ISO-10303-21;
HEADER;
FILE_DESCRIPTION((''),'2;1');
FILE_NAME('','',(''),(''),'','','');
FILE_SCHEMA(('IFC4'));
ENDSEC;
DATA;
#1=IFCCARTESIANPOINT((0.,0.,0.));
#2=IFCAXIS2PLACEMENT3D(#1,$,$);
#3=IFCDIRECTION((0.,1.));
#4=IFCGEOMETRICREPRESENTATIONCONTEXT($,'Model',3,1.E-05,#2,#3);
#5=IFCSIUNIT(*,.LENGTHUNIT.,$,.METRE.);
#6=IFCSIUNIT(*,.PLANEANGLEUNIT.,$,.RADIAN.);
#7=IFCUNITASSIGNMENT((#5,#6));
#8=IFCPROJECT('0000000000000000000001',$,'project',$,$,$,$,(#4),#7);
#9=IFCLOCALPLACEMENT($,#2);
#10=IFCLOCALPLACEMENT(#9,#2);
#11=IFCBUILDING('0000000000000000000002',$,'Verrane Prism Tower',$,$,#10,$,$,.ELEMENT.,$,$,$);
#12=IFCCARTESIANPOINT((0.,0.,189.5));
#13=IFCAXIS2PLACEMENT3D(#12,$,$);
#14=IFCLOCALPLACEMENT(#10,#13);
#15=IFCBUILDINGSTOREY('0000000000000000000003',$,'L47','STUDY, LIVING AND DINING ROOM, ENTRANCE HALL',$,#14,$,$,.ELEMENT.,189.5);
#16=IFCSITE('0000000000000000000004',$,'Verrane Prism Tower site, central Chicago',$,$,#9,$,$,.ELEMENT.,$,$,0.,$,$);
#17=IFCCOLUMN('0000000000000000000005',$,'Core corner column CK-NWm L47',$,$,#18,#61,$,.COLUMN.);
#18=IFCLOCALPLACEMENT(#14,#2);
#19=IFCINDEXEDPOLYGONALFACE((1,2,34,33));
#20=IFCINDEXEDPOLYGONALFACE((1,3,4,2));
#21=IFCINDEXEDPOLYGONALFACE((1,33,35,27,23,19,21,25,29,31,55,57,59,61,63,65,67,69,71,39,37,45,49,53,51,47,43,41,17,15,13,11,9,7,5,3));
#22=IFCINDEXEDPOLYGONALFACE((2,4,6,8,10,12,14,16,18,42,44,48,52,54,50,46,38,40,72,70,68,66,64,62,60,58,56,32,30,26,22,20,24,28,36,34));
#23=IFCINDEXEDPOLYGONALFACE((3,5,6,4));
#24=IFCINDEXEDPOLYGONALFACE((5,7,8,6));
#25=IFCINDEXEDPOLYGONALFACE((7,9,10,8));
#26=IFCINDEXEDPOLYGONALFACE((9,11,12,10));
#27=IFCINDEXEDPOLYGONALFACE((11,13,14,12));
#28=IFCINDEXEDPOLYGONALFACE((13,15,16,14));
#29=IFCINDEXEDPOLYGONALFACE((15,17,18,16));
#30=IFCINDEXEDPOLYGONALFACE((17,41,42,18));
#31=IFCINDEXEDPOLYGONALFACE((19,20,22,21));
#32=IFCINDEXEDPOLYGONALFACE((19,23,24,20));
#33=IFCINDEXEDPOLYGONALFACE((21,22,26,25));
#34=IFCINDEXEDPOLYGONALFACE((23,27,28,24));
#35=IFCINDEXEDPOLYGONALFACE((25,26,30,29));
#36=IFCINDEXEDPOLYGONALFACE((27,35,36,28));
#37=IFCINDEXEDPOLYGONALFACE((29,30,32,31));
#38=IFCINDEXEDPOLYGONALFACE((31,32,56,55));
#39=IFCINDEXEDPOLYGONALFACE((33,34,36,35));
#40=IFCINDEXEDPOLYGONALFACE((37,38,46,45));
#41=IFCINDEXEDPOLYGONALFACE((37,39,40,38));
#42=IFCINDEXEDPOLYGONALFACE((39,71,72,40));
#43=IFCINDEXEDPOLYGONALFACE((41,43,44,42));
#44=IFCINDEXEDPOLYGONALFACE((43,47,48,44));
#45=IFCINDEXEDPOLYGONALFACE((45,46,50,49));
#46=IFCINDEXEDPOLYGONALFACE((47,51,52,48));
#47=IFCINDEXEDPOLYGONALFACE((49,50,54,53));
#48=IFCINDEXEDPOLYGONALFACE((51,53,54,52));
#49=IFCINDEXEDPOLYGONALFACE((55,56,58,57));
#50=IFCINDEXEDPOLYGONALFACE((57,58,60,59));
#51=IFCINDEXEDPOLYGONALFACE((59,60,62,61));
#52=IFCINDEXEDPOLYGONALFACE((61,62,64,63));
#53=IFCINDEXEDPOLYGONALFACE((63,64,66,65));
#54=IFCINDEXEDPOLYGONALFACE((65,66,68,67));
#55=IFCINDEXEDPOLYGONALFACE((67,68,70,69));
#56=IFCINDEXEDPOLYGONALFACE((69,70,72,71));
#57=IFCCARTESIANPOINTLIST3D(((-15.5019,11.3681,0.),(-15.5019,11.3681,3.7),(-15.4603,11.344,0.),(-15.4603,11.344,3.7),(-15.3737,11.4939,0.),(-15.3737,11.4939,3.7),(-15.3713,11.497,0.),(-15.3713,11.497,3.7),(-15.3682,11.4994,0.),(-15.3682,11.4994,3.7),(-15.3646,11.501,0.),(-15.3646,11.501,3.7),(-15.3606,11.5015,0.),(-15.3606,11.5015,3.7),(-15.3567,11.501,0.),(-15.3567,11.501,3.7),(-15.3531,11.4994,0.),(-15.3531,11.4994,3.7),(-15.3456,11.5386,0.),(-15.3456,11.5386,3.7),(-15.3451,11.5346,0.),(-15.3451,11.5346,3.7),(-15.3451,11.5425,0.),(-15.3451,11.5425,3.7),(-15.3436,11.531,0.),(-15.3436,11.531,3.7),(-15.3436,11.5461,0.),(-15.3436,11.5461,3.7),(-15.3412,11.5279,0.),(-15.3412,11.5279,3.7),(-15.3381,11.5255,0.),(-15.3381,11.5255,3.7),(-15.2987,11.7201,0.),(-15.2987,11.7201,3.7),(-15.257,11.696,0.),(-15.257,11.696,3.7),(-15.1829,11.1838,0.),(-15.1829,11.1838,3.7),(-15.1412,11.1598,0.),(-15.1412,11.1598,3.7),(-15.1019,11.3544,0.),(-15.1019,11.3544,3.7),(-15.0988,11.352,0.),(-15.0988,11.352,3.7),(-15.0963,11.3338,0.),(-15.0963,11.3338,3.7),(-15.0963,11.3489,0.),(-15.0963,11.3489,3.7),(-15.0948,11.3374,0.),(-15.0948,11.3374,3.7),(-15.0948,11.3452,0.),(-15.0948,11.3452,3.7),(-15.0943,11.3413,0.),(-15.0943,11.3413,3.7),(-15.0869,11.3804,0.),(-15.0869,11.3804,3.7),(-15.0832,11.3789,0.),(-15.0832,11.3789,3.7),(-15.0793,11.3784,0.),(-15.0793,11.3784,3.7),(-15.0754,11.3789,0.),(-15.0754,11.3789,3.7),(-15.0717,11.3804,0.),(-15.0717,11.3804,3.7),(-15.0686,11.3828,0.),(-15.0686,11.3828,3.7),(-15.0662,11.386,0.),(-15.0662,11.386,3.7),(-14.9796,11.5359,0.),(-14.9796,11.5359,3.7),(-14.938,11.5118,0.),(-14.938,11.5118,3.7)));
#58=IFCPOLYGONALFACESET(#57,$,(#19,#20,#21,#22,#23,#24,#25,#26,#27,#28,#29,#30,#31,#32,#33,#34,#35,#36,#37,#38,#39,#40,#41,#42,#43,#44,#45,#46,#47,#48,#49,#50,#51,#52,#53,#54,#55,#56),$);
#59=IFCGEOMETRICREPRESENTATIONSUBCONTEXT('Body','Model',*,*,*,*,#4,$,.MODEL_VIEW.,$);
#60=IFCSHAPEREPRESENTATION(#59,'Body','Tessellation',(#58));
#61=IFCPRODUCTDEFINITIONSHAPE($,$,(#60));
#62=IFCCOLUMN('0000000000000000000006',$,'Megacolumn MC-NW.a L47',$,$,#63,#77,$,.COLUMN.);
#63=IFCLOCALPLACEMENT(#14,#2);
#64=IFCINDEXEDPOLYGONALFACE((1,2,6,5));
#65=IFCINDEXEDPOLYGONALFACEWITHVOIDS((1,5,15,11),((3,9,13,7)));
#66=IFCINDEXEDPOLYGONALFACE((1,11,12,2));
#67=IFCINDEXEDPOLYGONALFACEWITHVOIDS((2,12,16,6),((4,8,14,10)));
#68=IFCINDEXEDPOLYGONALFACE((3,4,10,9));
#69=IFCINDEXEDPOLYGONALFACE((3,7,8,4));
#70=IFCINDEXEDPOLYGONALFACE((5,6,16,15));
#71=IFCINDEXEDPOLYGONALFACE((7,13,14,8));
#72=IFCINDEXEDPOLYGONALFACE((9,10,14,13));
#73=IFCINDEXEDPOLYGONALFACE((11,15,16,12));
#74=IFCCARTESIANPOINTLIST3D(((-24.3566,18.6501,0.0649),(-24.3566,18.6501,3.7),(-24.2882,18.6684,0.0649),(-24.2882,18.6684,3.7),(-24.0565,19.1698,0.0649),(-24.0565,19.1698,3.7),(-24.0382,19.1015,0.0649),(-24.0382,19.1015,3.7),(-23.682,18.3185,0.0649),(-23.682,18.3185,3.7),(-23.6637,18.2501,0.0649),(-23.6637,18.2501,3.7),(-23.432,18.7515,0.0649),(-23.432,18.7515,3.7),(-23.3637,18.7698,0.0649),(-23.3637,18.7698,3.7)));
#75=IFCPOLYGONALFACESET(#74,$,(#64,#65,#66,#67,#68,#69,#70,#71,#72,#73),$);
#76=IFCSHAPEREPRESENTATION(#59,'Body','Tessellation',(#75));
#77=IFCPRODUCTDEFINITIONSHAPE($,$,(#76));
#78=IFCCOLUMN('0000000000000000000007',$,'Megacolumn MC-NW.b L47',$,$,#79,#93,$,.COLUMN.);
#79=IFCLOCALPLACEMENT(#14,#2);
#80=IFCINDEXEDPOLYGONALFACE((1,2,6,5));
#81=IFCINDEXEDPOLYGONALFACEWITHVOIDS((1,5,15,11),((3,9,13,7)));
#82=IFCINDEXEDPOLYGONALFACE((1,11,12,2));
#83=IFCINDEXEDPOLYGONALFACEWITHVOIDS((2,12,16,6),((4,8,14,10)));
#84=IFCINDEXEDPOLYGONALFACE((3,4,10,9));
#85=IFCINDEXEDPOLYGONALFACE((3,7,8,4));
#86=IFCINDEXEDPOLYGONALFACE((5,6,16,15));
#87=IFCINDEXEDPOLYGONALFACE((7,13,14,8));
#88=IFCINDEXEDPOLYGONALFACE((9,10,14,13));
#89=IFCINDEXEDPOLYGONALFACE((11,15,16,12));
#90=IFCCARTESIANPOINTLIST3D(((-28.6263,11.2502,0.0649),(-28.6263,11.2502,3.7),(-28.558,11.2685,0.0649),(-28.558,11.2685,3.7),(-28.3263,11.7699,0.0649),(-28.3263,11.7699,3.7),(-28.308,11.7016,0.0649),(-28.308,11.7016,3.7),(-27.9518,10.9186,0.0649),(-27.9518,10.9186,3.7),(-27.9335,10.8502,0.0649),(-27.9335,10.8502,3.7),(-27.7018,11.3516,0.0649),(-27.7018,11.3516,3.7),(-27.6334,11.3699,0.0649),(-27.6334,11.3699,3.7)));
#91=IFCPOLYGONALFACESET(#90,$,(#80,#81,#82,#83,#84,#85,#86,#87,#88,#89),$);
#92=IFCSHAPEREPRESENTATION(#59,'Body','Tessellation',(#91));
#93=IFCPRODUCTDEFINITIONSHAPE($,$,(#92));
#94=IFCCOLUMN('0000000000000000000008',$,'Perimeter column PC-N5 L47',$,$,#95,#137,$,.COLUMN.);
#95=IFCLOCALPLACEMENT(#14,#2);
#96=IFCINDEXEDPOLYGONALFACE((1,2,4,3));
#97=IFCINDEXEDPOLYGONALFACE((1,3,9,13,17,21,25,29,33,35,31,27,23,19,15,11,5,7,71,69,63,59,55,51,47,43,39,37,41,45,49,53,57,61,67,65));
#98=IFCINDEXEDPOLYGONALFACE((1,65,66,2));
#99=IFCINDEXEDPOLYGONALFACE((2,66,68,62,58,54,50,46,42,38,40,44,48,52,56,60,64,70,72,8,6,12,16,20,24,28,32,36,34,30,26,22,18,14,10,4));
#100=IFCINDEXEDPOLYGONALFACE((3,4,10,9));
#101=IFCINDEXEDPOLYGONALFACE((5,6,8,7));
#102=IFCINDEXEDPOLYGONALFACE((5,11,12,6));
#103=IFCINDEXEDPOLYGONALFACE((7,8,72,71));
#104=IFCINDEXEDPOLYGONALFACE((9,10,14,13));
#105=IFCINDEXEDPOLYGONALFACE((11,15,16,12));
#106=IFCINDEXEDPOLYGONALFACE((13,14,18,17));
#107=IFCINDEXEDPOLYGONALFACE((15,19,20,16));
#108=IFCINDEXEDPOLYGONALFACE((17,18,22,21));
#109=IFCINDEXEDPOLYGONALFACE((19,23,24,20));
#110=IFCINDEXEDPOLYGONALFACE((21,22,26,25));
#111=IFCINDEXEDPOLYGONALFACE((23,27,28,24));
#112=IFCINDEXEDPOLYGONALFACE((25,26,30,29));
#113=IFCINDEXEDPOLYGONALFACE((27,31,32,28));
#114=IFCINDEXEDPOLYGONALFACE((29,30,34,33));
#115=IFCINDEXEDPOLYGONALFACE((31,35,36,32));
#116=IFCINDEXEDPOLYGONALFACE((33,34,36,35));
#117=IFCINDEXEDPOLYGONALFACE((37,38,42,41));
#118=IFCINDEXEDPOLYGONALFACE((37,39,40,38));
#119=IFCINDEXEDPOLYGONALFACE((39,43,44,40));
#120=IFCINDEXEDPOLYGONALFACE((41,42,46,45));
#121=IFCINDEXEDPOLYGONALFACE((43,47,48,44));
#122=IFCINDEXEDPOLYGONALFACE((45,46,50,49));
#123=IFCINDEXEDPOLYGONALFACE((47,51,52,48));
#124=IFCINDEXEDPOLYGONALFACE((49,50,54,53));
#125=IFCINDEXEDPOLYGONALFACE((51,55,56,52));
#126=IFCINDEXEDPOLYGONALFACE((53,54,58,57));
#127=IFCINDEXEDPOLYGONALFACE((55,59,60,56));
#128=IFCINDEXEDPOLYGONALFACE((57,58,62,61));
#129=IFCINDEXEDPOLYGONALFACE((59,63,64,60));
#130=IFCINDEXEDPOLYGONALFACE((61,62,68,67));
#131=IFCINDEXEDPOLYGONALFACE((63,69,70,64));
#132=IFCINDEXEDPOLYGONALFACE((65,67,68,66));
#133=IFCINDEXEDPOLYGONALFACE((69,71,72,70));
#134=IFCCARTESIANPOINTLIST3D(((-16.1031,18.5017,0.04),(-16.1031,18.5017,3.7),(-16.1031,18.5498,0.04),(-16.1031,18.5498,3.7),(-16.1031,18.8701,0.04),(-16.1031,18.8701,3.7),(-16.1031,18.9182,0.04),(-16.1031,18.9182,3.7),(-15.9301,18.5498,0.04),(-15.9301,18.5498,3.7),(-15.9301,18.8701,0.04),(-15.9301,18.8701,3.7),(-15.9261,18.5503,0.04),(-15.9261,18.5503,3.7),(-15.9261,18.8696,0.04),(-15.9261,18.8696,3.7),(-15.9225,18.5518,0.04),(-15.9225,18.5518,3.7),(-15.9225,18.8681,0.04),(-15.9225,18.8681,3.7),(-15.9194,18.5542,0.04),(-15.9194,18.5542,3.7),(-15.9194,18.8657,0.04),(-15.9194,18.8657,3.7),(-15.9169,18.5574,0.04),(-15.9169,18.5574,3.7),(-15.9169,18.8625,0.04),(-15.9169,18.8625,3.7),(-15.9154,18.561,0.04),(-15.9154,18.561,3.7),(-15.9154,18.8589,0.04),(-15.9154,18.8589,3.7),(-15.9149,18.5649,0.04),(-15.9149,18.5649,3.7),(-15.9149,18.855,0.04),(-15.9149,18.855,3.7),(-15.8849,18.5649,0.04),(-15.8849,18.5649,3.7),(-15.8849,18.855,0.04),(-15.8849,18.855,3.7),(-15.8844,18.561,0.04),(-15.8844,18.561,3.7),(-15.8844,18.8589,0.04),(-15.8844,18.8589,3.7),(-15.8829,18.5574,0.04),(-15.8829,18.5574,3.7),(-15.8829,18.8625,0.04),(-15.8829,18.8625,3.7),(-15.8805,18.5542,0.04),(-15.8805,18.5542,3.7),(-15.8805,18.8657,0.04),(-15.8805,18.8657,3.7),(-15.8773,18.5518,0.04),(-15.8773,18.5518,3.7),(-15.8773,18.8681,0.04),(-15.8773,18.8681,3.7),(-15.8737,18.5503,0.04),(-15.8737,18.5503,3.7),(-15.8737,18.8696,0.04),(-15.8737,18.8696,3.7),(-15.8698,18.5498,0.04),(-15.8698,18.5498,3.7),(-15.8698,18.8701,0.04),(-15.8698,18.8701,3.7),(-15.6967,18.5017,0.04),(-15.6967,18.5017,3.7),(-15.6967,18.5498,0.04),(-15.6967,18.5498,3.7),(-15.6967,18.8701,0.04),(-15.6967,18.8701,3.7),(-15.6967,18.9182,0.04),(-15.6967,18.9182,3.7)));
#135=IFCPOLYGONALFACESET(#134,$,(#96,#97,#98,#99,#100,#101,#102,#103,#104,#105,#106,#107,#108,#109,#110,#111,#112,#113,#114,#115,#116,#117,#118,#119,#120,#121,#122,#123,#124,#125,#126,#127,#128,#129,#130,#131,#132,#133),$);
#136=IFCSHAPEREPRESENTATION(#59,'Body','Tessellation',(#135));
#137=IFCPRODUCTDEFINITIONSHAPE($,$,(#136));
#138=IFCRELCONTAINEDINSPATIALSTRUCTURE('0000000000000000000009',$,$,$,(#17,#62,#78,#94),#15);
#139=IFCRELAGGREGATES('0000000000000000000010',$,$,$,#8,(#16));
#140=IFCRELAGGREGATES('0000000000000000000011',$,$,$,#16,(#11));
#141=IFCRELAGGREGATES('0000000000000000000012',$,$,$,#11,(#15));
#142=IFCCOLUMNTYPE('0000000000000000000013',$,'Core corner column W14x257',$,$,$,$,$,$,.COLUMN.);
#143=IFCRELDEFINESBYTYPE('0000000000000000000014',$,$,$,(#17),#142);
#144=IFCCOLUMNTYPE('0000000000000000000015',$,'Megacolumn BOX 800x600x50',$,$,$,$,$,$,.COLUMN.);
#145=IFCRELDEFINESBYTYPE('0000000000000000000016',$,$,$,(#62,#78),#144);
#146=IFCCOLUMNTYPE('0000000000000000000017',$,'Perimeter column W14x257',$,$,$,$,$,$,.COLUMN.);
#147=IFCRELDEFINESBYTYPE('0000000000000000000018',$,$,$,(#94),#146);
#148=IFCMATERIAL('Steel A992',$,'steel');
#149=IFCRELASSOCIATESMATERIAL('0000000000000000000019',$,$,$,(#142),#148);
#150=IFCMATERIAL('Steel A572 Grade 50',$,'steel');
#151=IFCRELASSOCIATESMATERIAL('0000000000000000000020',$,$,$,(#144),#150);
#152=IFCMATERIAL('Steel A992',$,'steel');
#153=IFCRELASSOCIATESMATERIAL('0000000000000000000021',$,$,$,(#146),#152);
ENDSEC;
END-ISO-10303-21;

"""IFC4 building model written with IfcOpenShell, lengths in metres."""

from ifc_helpers import new_model, si_unit, direction, frame, origin, origin_2d, place, context, subcontext, project, spatial, hollow_rectangle, i_section, extrude, material, material_profile, profile_set, type_object, element, save


model = new_model("IFC4")

# Units and contexts
model_context = context("Model", 3, precision=1e-05, world=origin(), true_north=direction((0.0, 1.0)))
body_context = subcontext(model_context, "Body", "Model", "MODEL_VIEW")
ifc_project = project(units=[si_unit("LENGTHUNIT", "METRE"), si_unit("PLANEANGLEUNIT", "RADIAN")], contexts=[model_context])

# Site, building, storey
site_placement = place(None, origin())
site = spatial("IfcSite", under=ifc_project, at=site_placement, Name="Verrane Prism Tower site, central Chicago", CompositionType="ELEMENT", RefElevation=0.0)
building_placement = place(site_placement, origin())
building = spatial("IfcBuilding", under=site, at=building_placement, Name="Verrane Prism Tower", CompositionType="ELEMENT")
storey_placement = place(building_placement, frame((0.0, 0.0, 189.5)))
storey = spatial("IfcBuildingStorey", under=building, at=storey_placement, Name="L47", Description="STUDY, LIVING AND DINING ROOM, ENTRANCE HALL", CompositionType="ELEMENT", Elevation=189.5)

# Columns
ifc_material_1 = material(Name="Steel A992", Category="steel")
ifc_material_profile_1 = material_profile(ifc_material_1, i_section(OverallWidth=0.4065, OverallDepth=0.4165, WebThickness=0.03, FlangeThickness=0.0481, FilletRadius=0.0151, at=origin_2d()), Name="W14x257")
ifc_profile_set_1 = profile_set([ifc_material_profile_1], Name="Steel A992")
column_type_1 = type_object("IfcColumnType", Name="Core corner column W14x257", PredefinedType="COLUMN", material=ifc_profile_set_1)
column_1_placement = place(storey_placement, frame((-15.22, 11.4399, 0.0), z_axis=(0.0, 0.0, 1.0), x_axis=(0.5, 0.866025, 0.0)))
element("IfcColumn", 1, at=column_1_placement, inside=storey, type_object=column_type_1, Name="Core corner column CK-NWm L47", PredefinedType="COLUMN", context=body_context, shape_type="SweptSolid", body=[
    extrude(i_section(OverallWidth=0.4065, OverallDepth=0.4165, WebThickness=0.03, FlangeThickness=0.0481, FilletRadius=0.0151, at=origin_2d()), origin(), (0.0, 0.0, 1.0), 3.7),
])
ifc_material_2 = material(Name="Steel A572 Grade 50", Category="steel")
ifc_material_profile_2 = material_profile(ifc_material_2, hollow_rectangle(XDim=0.6001, YDim=0.8, WallThickness=0.05, at=origin_2d()), Name="BOX 800x600x50")
ifc_profile_set_2 = profile_set([ifc_material_profile_2], Name="Steel A572 Grade 50")
column_type_2 = type_object("IfcColumnType", Name="Megacolumn BOX 800x600x50", PredefinedType="COLUMN", material=ifc_profile_set_2)
for number, where, z_axis, x_axis, name in (
    (2, (-23.8601, 18.71, 0.0649), (0.0, 0.0, 1.0), (0.5, 0.866025, 0.0), "Megacolumn MC-NW.a L47"),
    (3, (-28.1299, 11.3101, 0.0649), (0.0, 0.0, 1.0), (0.5, 0.866025, 0.0), "Megacolumn MC-NW.b L47"),
):
    element("IfcColumn", number, at=place(storey_placement, frame(where, z_axis=z_axis, x_axis=x_axis)), inside=storey, type_object=column_type_2, Name=name, PredefinedType="COLUMN", context=body_context, shape_type="SweptSolid", body=[
        extrude(hollow_rectangle(XDim=0.6001, YDim=0.8, WallThickness=0.05, at=origin_2d()), origin(), (0.0, 0.0, 1.0), 3.635),
    ])
ifc_material_3 = material(Name="Steel A992", Category="steel")
ifc_material_profile_3 = material_profile(ifc_material_3, i_section(OverallWidth=0.4065, OverallDepth=0.4165, WebThickness=0.03, FlangeThickness=0.0481, FilletRadius=0.0151, at=origin_2d()), Name="W14x257")
ifc_profile_set_3 = profile_set([ifc_material_profile_3], Name="Steel A992")
column_type_3 = type_object("IfcColumnType", Name="Perimeter column W14x257", PredefinedType="COLUMN", material=ifc_profile_set_3)
column_2_placement = place(storey_placement, frame((-15.8999, 18.71, 0.04), z_axis=(0.0, 0.0, 1.0), x_axis=(1.0, 0.0, 0.0)))
element("IfcColumn", 4, at=column_2_placement, inside=storey, type_object=column_type_3, Name="Perimeter column PC-N5 L47", PredefinedType="COLUMN", context=body_context, shape_type="SweptSolid", body=[
    extrude(i_section(OverallWidth=0.4065, OverallDepth=0.4165, WebThickness=0.03, FlangeThickness=0.0481, FilletRadius=0.0151, at=origin_2d()), origin(), (0.0, 0.0, 1.0), 3.6599),
])

save(model, "model.ifc")
